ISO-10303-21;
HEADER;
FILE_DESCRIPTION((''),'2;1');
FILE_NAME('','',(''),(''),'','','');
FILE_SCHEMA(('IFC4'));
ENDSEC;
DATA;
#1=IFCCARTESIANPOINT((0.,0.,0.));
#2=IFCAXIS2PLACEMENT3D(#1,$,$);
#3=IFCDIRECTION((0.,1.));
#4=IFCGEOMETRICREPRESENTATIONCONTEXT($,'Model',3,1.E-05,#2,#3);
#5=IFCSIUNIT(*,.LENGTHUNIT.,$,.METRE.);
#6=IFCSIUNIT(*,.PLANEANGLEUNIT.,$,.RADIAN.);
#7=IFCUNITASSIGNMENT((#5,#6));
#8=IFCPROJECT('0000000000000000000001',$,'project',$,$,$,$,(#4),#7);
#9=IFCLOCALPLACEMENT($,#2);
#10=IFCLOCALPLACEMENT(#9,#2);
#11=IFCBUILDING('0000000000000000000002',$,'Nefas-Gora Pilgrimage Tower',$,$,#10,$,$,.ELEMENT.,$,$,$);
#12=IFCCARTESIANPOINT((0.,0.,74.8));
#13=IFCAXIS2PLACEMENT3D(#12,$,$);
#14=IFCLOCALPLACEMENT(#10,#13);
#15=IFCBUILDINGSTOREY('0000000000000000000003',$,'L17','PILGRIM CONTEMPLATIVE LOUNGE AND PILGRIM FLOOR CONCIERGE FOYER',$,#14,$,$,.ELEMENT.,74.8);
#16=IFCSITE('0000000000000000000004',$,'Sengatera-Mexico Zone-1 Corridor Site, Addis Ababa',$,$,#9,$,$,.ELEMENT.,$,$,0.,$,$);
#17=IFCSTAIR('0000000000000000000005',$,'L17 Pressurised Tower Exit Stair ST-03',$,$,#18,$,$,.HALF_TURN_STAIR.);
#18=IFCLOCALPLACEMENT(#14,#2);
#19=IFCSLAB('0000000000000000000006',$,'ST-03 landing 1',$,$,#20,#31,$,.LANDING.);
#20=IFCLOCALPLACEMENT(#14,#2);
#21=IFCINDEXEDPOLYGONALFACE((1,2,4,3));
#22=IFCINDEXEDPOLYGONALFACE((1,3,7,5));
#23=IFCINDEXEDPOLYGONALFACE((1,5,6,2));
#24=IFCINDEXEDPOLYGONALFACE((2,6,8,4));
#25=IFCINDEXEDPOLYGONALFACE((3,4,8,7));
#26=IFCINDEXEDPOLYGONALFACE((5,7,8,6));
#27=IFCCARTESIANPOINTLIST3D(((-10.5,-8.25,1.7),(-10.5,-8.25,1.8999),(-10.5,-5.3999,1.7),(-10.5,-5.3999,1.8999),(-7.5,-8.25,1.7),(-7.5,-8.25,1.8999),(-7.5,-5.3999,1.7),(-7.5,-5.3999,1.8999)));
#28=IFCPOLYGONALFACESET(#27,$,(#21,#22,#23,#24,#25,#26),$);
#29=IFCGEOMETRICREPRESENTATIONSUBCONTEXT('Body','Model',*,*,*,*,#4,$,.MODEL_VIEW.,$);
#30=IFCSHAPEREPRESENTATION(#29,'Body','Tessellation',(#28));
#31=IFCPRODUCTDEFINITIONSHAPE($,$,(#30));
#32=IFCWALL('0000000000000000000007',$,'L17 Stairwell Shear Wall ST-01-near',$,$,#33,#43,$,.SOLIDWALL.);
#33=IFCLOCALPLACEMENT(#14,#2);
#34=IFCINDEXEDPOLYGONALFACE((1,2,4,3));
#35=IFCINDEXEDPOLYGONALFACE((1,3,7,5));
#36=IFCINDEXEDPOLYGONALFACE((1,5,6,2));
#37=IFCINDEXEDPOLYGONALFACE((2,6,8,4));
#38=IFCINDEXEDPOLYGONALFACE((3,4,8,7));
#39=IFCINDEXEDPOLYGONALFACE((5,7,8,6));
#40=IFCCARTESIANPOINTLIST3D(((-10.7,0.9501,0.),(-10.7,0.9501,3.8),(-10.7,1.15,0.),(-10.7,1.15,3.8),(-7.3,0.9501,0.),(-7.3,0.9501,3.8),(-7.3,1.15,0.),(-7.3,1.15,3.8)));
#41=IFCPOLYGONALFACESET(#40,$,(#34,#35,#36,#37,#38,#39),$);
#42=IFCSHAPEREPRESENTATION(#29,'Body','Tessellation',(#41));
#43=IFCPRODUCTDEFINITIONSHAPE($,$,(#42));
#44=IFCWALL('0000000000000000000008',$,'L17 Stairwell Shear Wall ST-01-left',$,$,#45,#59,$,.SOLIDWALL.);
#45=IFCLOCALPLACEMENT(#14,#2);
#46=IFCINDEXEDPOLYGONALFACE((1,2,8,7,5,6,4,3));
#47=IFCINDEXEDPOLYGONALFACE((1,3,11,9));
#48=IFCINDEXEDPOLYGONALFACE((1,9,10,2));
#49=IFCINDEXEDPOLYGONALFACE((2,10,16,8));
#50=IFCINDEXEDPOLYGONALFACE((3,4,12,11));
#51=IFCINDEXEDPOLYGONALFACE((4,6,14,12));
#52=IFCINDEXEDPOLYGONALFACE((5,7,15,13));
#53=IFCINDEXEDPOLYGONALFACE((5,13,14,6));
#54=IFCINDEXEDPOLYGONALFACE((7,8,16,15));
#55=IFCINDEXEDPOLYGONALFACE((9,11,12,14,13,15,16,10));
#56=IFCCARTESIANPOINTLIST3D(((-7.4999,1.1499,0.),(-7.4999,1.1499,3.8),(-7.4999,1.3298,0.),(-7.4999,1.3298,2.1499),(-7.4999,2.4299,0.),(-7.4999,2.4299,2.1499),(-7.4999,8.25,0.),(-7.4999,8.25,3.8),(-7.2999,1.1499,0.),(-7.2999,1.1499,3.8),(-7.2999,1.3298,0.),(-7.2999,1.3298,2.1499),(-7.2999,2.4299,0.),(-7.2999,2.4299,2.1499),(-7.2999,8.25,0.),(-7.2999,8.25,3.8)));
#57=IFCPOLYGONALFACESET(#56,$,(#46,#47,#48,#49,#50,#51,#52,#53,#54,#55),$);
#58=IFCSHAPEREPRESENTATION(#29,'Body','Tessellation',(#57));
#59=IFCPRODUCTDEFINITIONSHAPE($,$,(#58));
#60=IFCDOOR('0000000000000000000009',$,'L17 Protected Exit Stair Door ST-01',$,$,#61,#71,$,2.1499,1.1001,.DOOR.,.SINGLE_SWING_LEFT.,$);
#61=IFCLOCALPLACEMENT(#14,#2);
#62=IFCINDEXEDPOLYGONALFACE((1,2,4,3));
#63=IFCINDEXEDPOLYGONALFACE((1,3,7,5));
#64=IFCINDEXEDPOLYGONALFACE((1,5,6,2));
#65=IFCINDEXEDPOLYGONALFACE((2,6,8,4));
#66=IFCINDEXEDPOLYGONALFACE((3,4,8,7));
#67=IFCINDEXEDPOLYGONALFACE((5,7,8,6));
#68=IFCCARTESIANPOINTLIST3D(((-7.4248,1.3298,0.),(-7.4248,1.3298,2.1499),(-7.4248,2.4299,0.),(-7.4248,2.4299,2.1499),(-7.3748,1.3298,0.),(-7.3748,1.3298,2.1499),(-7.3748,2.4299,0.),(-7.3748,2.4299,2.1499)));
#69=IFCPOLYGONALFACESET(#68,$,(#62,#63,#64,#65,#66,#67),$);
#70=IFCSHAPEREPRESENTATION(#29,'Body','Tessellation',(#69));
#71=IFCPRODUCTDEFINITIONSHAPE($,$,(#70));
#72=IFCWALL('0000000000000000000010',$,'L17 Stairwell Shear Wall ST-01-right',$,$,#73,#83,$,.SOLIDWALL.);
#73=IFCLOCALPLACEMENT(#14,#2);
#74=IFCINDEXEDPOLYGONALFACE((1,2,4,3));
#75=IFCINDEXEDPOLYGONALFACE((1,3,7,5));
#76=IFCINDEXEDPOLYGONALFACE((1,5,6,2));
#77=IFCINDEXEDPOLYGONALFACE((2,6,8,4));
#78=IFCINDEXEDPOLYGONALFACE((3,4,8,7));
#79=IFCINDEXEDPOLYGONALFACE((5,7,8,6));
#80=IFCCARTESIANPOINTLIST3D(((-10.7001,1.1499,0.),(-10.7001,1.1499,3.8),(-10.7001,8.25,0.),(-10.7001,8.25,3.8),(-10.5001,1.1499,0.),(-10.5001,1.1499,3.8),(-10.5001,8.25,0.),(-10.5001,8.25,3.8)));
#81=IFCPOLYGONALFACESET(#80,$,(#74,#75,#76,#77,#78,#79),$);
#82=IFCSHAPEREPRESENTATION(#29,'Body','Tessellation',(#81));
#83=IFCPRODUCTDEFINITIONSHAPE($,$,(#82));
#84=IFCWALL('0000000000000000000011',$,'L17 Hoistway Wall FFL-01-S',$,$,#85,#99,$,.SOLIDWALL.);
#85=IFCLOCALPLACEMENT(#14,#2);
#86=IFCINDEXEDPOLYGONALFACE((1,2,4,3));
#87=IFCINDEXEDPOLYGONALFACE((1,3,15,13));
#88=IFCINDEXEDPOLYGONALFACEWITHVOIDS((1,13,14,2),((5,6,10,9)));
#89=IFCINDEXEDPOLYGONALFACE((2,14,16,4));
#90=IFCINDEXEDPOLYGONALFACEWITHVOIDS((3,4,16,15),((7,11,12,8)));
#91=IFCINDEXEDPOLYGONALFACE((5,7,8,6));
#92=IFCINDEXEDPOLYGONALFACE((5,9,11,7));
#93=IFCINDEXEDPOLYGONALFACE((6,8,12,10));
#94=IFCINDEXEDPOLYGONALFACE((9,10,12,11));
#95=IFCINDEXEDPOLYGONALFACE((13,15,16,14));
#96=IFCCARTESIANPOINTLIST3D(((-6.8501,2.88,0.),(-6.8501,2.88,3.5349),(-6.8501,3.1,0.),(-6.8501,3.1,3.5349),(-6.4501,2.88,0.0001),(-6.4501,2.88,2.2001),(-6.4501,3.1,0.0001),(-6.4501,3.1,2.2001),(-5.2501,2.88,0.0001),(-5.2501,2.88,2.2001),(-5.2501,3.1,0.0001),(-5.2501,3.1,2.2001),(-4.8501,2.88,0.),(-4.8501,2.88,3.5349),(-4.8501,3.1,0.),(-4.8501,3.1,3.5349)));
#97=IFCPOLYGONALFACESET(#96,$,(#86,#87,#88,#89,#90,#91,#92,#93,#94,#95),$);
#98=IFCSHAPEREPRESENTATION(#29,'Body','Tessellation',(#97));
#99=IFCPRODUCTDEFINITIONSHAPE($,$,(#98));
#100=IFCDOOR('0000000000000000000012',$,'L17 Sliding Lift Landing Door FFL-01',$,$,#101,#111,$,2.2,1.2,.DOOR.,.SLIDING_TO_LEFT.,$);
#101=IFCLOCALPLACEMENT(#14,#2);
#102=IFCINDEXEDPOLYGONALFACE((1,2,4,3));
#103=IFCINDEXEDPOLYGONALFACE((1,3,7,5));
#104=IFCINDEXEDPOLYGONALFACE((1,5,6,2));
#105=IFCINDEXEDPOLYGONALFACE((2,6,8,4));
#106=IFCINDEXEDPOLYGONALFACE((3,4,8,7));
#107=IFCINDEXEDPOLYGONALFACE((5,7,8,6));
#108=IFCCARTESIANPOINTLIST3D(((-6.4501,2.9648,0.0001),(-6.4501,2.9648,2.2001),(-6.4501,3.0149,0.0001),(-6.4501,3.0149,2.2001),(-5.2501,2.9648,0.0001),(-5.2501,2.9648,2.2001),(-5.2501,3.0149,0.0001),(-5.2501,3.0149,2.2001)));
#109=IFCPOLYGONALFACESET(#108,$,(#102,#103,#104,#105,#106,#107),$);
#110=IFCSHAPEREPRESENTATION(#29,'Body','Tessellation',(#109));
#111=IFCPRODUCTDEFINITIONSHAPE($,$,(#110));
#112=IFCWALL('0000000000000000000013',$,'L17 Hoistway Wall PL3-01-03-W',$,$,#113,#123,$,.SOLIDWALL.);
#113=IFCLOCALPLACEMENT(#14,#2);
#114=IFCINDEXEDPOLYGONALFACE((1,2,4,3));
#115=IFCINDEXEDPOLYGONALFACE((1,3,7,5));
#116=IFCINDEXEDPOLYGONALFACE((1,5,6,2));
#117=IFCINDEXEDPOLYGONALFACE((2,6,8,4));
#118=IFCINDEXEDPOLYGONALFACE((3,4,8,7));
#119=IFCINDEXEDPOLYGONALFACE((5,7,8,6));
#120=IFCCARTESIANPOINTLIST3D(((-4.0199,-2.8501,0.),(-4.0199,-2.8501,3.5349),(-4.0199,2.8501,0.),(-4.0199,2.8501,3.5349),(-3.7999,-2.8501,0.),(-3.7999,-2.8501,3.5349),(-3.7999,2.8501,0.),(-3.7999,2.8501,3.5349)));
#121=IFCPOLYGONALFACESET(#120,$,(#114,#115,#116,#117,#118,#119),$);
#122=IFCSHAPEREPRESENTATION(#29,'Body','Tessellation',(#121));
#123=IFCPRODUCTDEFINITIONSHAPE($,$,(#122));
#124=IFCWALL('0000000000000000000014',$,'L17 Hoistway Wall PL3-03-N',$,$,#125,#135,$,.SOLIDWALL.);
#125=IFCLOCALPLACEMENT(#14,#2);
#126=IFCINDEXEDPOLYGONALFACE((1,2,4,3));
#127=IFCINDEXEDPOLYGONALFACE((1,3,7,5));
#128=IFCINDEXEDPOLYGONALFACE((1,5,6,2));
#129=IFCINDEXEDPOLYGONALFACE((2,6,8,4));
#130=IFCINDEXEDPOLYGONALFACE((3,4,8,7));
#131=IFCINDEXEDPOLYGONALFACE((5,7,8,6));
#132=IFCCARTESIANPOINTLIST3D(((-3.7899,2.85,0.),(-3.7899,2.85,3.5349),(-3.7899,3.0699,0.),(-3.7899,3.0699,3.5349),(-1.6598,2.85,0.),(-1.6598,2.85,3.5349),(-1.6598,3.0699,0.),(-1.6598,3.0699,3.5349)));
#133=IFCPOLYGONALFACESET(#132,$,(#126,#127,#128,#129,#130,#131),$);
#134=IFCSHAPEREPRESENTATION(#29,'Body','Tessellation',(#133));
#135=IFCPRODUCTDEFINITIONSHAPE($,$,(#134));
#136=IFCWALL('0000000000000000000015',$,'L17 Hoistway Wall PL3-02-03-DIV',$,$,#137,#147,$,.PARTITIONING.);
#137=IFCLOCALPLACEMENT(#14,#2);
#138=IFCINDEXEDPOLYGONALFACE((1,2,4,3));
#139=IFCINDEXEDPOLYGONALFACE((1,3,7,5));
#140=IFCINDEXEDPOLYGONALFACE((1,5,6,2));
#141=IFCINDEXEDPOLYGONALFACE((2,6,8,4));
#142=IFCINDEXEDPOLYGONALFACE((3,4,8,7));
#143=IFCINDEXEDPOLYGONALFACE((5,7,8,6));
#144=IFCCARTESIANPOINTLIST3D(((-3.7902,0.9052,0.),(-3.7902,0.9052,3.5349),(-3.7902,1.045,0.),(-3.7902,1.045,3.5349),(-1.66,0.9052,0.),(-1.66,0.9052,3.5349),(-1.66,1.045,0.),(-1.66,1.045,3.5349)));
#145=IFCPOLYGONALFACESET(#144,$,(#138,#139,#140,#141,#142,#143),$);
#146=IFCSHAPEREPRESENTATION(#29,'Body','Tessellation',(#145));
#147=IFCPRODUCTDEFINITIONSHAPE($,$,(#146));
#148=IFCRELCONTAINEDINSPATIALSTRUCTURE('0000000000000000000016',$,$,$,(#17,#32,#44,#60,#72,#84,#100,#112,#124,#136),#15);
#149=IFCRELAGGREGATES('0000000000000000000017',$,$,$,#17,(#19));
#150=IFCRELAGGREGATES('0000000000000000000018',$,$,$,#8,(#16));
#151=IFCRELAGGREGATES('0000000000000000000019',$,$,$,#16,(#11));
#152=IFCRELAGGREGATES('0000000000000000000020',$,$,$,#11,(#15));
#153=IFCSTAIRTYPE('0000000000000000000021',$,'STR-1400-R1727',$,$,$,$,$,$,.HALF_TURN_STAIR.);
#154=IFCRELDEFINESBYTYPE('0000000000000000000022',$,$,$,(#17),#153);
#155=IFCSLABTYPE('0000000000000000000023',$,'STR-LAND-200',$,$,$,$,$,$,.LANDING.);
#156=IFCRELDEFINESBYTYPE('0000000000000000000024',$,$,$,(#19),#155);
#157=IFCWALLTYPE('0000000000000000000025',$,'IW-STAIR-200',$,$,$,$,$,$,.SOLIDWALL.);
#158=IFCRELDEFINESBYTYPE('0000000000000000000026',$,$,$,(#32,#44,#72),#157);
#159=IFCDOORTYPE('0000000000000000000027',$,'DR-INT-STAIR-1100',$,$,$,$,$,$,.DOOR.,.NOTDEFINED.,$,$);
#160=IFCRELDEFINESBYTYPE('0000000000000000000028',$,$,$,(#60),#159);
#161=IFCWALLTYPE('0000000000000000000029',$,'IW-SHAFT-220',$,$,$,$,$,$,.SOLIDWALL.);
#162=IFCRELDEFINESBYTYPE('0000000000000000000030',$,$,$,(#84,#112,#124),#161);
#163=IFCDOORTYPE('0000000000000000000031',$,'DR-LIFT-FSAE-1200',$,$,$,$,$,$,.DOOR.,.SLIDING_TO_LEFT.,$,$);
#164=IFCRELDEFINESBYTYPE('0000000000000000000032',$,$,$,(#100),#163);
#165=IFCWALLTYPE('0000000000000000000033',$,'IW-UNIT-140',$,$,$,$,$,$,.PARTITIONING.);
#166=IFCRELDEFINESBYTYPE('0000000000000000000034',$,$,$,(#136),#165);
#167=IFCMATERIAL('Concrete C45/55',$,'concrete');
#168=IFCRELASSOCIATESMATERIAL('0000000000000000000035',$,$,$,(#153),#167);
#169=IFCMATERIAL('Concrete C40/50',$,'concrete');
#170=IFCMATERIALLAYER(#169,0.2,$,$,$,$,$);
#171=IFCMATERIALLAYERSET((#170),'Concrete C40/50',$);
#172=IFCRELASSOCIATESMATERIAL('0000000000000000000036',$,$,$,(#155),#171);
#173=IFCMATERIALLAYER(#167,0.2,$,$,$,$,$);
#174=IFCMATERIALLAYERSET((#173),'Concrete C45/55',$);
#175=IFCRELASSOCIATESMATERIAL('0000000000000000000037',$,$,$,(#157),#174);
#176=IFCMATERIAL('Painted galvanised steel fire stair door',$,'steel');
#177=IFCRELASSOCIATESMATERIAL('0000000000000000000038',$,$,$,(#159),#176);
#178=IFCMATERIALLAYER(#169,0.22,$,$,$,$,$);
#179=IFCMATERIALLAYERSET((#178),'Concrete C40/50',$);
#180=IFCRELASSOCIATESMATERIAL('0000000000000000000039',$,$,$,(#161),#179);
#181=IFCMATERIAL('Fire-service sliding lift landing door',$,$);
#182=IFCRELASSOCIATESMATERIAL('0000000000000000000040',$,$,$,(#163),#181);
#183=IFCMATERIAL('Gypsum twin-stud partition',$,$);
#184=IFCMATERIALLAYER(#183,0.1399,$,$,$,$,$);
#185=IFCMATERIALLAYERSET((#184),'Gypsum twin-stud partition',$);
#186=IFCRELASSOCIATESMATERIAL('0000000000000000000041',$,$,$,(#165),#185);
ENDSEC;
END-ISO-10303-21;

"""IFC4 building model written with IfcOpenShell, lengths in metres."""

from ifc_helpers import new_model, si_unit, direction, frame, frame_2d, origin, place, context, subcontext, project, spatial, polyline, rectangle, outline, extrude, source, transform, mapped, material, layer, layer_set, type_object, element, fill, aggregate, save


model = new_model("IFC4")

# Units and contexts
model_context = context("Model", 3, precision=1e-05, world=origin(), true_north=direction((0.0, 1.0)))
body_context = subcontext(model_context, "Body", "Model", "MODEL_VIEW")
ifc_project = project(units=[si_unit("LENGTHUNIT", "METRE"), si_unit("PLANEANGLEUNIT", "RADIAN")], contexts=[model_context])

# Site, building, storey
site_placement = place(None, origin())
site = spatial("IfcSite", under=ifc_project, at=site_placement, Name="Sengatera-Mexico Zone-1 Corridor Site, Addis Ababa", CompositionType="ELEMENT", RefElevation=0.0)
building_placement = place(site_placement, origin())
building = spatial("IfcBuilding", under=site, at=building_placement, Name="Nefas-Gora Pilgrimage Tower", CompositionType="ELEMENT")
storey_placement = place(building_placement, frame((0.0, 0.0, 74.8)))
storey = spatial("IfcBuildingStorey", under=building, at=storey_placement, Name="L17", Description="PILGRIM CONTEMPLATIVE LOUNGE AND PILGRIM FLOOR CONCIERGE FOYER", CompositionType="ELEMENT", Elevation=74.8)

# Shared definitions
ifc_material_1 = material(Name="Concrete C40/50", Category="concrete")

# Stair, slab
ifc_material_2 = material(Name="Concrete C45/55", Category="concrete")
stair_type = type_object("IfcStairType", Name="STR-1400-R1727", PredefinedType="HALF_TURN_STAIR", material=ifc_material_2)
ifc_layer_1 = layer(ifc_material_1, 0.2)
ifc_layer_set_1 = layer_set([ifc_layer_1], Name="Concrete C40/50")
slab_type_1 = type_object("IfcSlabType", Name="STR-LAND-200", PredefinedType="LANDING", material=ifc_layer_set_1)
stair_1_placement = place(storey_placement, origin())
stair_1 = element("IfcStair", 1, at=stair_1_placement, inside=storey, type_object=stair_type, Name="L17 Pressurised Tower Exit Stair ST-03", PredefinedType="HALF_TURN_STAIR")
slab_1_placement = place(storey_placement, frame((0.0, 0.0, 1.7)))
slab_1 = element("IfcSlab", 2, at=slab_1_placement, type_object=slab_type_1, Name="ST-03 landing 1", PredefinedType="LANDING", context=body_context, shape_type="SweptSolid", body=[
    extrude(outline(polyline([(-10.5, -5.3999), (-10.5, -8.25), (-7.5, -8.25), (-7.5, -5.3999), (-10.5, -5.3999)])), origin(), (0.0, 0.0, 1.0), 0.2),
])
aggregate(stair_1, [slab_1])

# Wall
ifc_layer_2 = layer(ifc_material_2, 0.2)
ifc_layer_set_2 = layer_set([ifc_layer_2], Name="Concrete C45/55")
wall_type_1 = type_object("IfcWallType", Name="IW-STAIR-200", PredefinedType="SOLIDWALL", material=ifc_layer_set_2)
shared_shape_1 = source(origin(), body_context, "Body", "SweptSolid", [
    extrude(rectangle(XDim=3.3999, YDim=0.2, at=frame_2d((1.7, 0.0))), origin(), (0.0, 0.0, 1.0), 3.8),
])
wall_1_placement = place(storey_placement, frame((-7.3, 1.05, 0.0), z_axis=(0.0, 0.0, 1.0), x_axis=(-1.0, 0.0, 0.0)))
element("IfcWall", 3, at=wall_1_placement, inside=storey, type_object=wall_type_1, Name="L17 Stairwell Shear Wall ST-01-near", PredefinedType="SOLIDWALL", context=body_context, shape_type="MappedRepresentation", body=[
    mapped(shared_shape_1, transform((0.0, 0.0, 0.0), x_axis=(1.0, 0.0, 0.0), y_axis=(0.0, 1.0, 0.0), z_axis=(0.0, 0.0, 1.0), scale=1.0)),
])

# Wall, opening, door
shared_shape_2 = source(origin(), body_context, "Body", "SweptSolid", [
    extrude(rectangle(XDim=7.1001, YDim=0.2, at=frame_2d((3.55, 0.0))), origin(), (0.0, 0.0, 1.0), 3.8),
])
wall_2_placement = place(storey_placement, frame((-7.3999, 1.1499, 0.0), z_axis=(0.0, 0.0, 1.0), x_axis=(0.0, 1.0, 0.0)))
wall_2 = element("IfcWall", 4, at=wall_2_placement, inside=storey, type_object=wall_type_1, Name="L17 Stairwell Shear Wall ST-01-left", PredefinedType="SOLIDWALL", context=body_context, shape_type="MappedRepresentation", body=[
    mapped(shared_shape_2, transform((0.0, 0.0, 0.0), x_axis=(1.0, 0.0, 0.0), y_axis=(0.0, 1.0, 0.0), z_axis=(0.0, 0.0, 1.0), scale=1.0)),
])
opening_1_placement = place(wall_2_placement, frame((0.1799, 0.0, 0.0)))
opening_1 = element("IfcOpeningElement", 5, at=opening_1_placement, cuts=wall_2, PredefinedType="OPENING", context=body_context, shape_type="SweptSolid", body=[
    extrude(rectangle(XDim=1.1001, YDim=2.1499, at=frame_2d((0.55, 1.075))), frame((0.0, 0.1099, 0.0), z_axis=(0.0, -1.0, 0.0), x_axis=(1.0, 0.0, 0.0)), (0.0, 0.0, 1.0), 0.22),
])
ifc_material_3 = material(Name="Painted galvanised steel fire stair door", Category="steel")
door_type_1 = type_object("IfcDoorType", Name="DR-INT-STAIR-1100", OperationType="NOTDEFINED", PredefinedType="DOOR", material=ifc_material_3)
shared_shape_3 = source(origin(), body_context, "Body", "SweptSolid", [
    extrude(rectangle(XDim=1.1001, YDim=2.1499, at=frame_2d((0.55, 1.075))), frame((0.0, 0.0249, 0.0), z_axis=(0.0, -1.0, 0.0), x_axis=(1.0, 0.0, 0.0)), (0.0, 0.0, 1.0), 0.05),
])
door_1_placement = place(opening_1_placement, origin())
door_1 = element("IfcDoor", 6, at=door_1_placement, inside=storey, type_object=door_type_1, Name="L17 Protected Exit Stair Door ST-01", OperationType="SINGLE_SWING_LEFT", OverallHeight=2.1499, OverallWidth=1.1001, PredefinedType="DOOR", context=body_context, shape_type="MappedRepresentation", body=[
    mapped(shared_shape_3, transform((0.0, 0.0, 0.0), x_axis=(1.0, 0.0, 0.0), y_axis=(0.0, 1.0, 0.0), z_axis=(0.0, 0.0, 1.0), scale=1.0)),
])
fill(opening_1, door_1)

# Wall
wall_3_placement = place(storey_placement, frame((-10.6001, 1.1499, 0.0), z_axis=(0.0, 0.0, 1.0), x_axis=(0.0, 1.0, 0.0)))
element("IfcWall", 7, at=wall_3_placement, inside=storey, type_object=wall_type_1, Name="L17 Stairwell Shear Wall ST-01-right", PredefinedType="SOLIDWALL", context=body_context, shape_type="MappedRepresentation", body=[
    mapped(shared_shape_2, transform((0.0, 0.0, 0.0), x_axis=(1.0, 0.0, 0.0), y_axis=(0.0, 1.0, 0.0), z_axis=(0.0, 0.0, 1.0), scale=1.0)),
])

# Wall, opening, door
ifc_layer_3 = layer(ifc_material_1, 0.22)
ifc_layer_set_3 = layer_set([ifc_layer_3], Name="Concrete C40/50")
wall_type_2 = type_object("IfcWallType", Name="IW-SHAFT-220", PredefinedType="SOLIDWALL", material=ifc_layer_set_3)
shared_shape_4 = source(origin(), body_context, "Body", "SweptSolid", [
    extrude(rectangle(XDim=2.0, YDim=0.22, at=frame_2d((1.0, 0.0))), origin(), (0.0, 0.0, 1.0), 3.5349),
])
wall_4_placement = place(storey_placement, frame((-6.8501, 2.99, 0.0), z_axis=(0.0, 0.0, 1.0), x_axis=(1.0, 0.0, 0.0)))
wall_4 = element("IfcWall", 8, at=wall_4_placement, inside=storey, type_object=wall_type_2, Name="L17 Hoistway Wall FFL-01-S", PredefinedType="SOLIDWALL", context=body_context, shape_type="MappedRepresentation", body=[
    mapped(shared_shape_4, transform((0.0, 0.0, 0.0), x_axis=(1.0, 0.0, 0.0), y_axis=(0.0, 1.0, 0.0), z_axis=(0.0, 0.0, 1.0), scale=1.0)),
])
opening_2_placement = place(wall_4_placement, frame((0.3999, 0.0, 0.0)))
opening_2 = element("IfcOpeningElement", 9, at=opening_2_placement, cuts=wall_4, PredefinedType="OPENING", context=body_context, shape_type="SweptSolid", body=[
    extrude(rectangle(XDim=1.2, YDim=2.2, at=frame_2d((0.6001, 1.1001))), frame((0.0, 0.1199, 0.0), z_axis=(0.0, -1.0, 0.0), x_axis=(1.0, 0.0, 0.0)), (0.0, 0.0, 1.0), 0.24),
])
ifc_material_4 = material(Name="Fire-service sliding lift landing door")
door_type_2 = type_object("IfcDoorType", Name="DR-LIFT-FSAE-1200", OperationType="SLIDING_TO_LEFT", PredefinedType="DOOR", material=ifc_material_4)
shared_shape_5 = source(origin(), body_context, "Body", "SweptSolid", [
    extrude(rectangle(XDim=1.2, YDim=2.2, at=frame_2d((0.6001, 1.1001))), frame((0.0, 0.0249, 0.0), z_axis=(0.0, -1.0, 0.0), x_axis=(1.0, 0.0, 0.0)), (0.0, 0.0, 1.0), 0.05),
])
door_2_placement = place(opening_2_placement, origin())
door_2 = element("IfcDoor", 10, at=door_2_placement, inside=storey, type_object=door_type_2, Name="L17 Sliding Lift Landing Door FFL-01", OperationType="SLIDING_TO_LEFT", OverallHeight=2.2, OverallWidth=1.2, PredefinedType="DOOR", context=body_context, shape_type="MappedRepresentation", body=[
    mapped(shared_shape_5, transform((0.0, 0.0, 0.0), x_axis=(1.0, 0.0, 0.0), y_axis=(0.0, 1.0, 0.0), z_axis=(0.0, 0.0, 1.0), scale=1.0)),
])
fill(opening_2, door_2)

# Walls
shared_shape_6 = source(origin(), body_context, "Body", "SweptSolid", [
    extrude(rectangle(XDim=5.7002, YDim=0.22, at=frame_2d((2.8501, 0.0))), origin(), (0.0, 0.0, 1.0), 3.5349),
])
wall_5_placement = place(storey_placement, frame((-3.9099, 2.8501, 0.0), z_axis=(0.0, 0.0, 1.0), x_axis=(0.0, -1.0, 0.0)))
element("IfcWall", 11, at=wall_5_placement, inside=storey, type_object=wall_type_2, Name="L17 Hoistway Wall PL3-01-03-W", PredefinedType="SOLIDWALL", context=body_context, shape_type="MappedRepresentation", body=[
    mapped(shared_shape_6, transform((0.0, 0.0, 0.0), x_axis=(1.0, 0.0, 0.0), y_axis=(0.0, 1.0, 0.0), z_axis=(0.0, 0.0, 1.0), scale=1.0)),
])
shared_shape_7 = source(origin(), body_context, "Body", "SweptSolid", [
    extrude(rectangle(XDim=2.1301, YDim=0.22, at=frame_2d((1.0649, 0.0))), origin(), (0.0, 0.0, 1.0), 3.5349),
])
wall_6_placement = place(storey_placement, frame((-1.6599, 2.96, 0.0), z_axis=(0.0, 0.0, 1.0), x_axis=(-1.0, 0.0, 0.0)))
element("IfcWall", 12, at=wall_6_placement, inside=storey, type_object=wall_type_2, Name="L17 Hoistway Wall PL3-03-N", PredefinedType="SOLIDWALL", context=body_context, shape_type="MappedRepresentation", body=[
    mapped(shared_shape_7, transform((0.0, 0.0, 0.0), x_axis=(1.0, 0.0, 0.0), y_axis=(0.0, 1.0, 0.0), z_axis=(0.0, 0.0, 1.0), scale=1.0)),
])
ifc_material_5 = material(Name="Gypsum twin-stud partition")
ifc_layer_4 = layer(ifc_material_5, 0.1399)
ifc_layer_set_4 = layer_set([ifc_layer_4], Name="Gypsum twin-stud partition")
wall_type_3 = type_object("IfcWallType", Name="IW-UNIT-140", PredefinedType="PARTITIONING", material=ifc_layer_set_4)
shared_shape_8 = source(origin(), body_context, "Body", "SweptSolid", [
    extrude(rectangle(XDim=2.1301, YDim=0.1399, at=frame_2d((1.0649, 0.0))), origin(), (0.0, 0.0, 1.0), 3.5349),
])
wall_7_placement = place(storey_placement, frame((-3.79, 0.9751, 0.0), z_axis=(0.0, 0.0, 1.0), x_axis=(1.0, 0.0, 0.0)))
element("IfcWall", 13, at=wall_7_placement, inside=storey, type_object=wall_type_3, Name="L17 Hoistway Wall PL3-02-03-DIV", PredefinedType="PARTITIONING", context=body_context, shape_type="MappedRepresentation", body=[
    mapped(shared_shape_8, transform((0.0, 0.0, 0.0), x_axis=(1.0, 0.0, 0.0), y_axis=(0.0, 1.0, 0.0), z_axis=(0.0, 0.0, 1.0), scale=1.0)),
])

save(model, "model.ifc")
